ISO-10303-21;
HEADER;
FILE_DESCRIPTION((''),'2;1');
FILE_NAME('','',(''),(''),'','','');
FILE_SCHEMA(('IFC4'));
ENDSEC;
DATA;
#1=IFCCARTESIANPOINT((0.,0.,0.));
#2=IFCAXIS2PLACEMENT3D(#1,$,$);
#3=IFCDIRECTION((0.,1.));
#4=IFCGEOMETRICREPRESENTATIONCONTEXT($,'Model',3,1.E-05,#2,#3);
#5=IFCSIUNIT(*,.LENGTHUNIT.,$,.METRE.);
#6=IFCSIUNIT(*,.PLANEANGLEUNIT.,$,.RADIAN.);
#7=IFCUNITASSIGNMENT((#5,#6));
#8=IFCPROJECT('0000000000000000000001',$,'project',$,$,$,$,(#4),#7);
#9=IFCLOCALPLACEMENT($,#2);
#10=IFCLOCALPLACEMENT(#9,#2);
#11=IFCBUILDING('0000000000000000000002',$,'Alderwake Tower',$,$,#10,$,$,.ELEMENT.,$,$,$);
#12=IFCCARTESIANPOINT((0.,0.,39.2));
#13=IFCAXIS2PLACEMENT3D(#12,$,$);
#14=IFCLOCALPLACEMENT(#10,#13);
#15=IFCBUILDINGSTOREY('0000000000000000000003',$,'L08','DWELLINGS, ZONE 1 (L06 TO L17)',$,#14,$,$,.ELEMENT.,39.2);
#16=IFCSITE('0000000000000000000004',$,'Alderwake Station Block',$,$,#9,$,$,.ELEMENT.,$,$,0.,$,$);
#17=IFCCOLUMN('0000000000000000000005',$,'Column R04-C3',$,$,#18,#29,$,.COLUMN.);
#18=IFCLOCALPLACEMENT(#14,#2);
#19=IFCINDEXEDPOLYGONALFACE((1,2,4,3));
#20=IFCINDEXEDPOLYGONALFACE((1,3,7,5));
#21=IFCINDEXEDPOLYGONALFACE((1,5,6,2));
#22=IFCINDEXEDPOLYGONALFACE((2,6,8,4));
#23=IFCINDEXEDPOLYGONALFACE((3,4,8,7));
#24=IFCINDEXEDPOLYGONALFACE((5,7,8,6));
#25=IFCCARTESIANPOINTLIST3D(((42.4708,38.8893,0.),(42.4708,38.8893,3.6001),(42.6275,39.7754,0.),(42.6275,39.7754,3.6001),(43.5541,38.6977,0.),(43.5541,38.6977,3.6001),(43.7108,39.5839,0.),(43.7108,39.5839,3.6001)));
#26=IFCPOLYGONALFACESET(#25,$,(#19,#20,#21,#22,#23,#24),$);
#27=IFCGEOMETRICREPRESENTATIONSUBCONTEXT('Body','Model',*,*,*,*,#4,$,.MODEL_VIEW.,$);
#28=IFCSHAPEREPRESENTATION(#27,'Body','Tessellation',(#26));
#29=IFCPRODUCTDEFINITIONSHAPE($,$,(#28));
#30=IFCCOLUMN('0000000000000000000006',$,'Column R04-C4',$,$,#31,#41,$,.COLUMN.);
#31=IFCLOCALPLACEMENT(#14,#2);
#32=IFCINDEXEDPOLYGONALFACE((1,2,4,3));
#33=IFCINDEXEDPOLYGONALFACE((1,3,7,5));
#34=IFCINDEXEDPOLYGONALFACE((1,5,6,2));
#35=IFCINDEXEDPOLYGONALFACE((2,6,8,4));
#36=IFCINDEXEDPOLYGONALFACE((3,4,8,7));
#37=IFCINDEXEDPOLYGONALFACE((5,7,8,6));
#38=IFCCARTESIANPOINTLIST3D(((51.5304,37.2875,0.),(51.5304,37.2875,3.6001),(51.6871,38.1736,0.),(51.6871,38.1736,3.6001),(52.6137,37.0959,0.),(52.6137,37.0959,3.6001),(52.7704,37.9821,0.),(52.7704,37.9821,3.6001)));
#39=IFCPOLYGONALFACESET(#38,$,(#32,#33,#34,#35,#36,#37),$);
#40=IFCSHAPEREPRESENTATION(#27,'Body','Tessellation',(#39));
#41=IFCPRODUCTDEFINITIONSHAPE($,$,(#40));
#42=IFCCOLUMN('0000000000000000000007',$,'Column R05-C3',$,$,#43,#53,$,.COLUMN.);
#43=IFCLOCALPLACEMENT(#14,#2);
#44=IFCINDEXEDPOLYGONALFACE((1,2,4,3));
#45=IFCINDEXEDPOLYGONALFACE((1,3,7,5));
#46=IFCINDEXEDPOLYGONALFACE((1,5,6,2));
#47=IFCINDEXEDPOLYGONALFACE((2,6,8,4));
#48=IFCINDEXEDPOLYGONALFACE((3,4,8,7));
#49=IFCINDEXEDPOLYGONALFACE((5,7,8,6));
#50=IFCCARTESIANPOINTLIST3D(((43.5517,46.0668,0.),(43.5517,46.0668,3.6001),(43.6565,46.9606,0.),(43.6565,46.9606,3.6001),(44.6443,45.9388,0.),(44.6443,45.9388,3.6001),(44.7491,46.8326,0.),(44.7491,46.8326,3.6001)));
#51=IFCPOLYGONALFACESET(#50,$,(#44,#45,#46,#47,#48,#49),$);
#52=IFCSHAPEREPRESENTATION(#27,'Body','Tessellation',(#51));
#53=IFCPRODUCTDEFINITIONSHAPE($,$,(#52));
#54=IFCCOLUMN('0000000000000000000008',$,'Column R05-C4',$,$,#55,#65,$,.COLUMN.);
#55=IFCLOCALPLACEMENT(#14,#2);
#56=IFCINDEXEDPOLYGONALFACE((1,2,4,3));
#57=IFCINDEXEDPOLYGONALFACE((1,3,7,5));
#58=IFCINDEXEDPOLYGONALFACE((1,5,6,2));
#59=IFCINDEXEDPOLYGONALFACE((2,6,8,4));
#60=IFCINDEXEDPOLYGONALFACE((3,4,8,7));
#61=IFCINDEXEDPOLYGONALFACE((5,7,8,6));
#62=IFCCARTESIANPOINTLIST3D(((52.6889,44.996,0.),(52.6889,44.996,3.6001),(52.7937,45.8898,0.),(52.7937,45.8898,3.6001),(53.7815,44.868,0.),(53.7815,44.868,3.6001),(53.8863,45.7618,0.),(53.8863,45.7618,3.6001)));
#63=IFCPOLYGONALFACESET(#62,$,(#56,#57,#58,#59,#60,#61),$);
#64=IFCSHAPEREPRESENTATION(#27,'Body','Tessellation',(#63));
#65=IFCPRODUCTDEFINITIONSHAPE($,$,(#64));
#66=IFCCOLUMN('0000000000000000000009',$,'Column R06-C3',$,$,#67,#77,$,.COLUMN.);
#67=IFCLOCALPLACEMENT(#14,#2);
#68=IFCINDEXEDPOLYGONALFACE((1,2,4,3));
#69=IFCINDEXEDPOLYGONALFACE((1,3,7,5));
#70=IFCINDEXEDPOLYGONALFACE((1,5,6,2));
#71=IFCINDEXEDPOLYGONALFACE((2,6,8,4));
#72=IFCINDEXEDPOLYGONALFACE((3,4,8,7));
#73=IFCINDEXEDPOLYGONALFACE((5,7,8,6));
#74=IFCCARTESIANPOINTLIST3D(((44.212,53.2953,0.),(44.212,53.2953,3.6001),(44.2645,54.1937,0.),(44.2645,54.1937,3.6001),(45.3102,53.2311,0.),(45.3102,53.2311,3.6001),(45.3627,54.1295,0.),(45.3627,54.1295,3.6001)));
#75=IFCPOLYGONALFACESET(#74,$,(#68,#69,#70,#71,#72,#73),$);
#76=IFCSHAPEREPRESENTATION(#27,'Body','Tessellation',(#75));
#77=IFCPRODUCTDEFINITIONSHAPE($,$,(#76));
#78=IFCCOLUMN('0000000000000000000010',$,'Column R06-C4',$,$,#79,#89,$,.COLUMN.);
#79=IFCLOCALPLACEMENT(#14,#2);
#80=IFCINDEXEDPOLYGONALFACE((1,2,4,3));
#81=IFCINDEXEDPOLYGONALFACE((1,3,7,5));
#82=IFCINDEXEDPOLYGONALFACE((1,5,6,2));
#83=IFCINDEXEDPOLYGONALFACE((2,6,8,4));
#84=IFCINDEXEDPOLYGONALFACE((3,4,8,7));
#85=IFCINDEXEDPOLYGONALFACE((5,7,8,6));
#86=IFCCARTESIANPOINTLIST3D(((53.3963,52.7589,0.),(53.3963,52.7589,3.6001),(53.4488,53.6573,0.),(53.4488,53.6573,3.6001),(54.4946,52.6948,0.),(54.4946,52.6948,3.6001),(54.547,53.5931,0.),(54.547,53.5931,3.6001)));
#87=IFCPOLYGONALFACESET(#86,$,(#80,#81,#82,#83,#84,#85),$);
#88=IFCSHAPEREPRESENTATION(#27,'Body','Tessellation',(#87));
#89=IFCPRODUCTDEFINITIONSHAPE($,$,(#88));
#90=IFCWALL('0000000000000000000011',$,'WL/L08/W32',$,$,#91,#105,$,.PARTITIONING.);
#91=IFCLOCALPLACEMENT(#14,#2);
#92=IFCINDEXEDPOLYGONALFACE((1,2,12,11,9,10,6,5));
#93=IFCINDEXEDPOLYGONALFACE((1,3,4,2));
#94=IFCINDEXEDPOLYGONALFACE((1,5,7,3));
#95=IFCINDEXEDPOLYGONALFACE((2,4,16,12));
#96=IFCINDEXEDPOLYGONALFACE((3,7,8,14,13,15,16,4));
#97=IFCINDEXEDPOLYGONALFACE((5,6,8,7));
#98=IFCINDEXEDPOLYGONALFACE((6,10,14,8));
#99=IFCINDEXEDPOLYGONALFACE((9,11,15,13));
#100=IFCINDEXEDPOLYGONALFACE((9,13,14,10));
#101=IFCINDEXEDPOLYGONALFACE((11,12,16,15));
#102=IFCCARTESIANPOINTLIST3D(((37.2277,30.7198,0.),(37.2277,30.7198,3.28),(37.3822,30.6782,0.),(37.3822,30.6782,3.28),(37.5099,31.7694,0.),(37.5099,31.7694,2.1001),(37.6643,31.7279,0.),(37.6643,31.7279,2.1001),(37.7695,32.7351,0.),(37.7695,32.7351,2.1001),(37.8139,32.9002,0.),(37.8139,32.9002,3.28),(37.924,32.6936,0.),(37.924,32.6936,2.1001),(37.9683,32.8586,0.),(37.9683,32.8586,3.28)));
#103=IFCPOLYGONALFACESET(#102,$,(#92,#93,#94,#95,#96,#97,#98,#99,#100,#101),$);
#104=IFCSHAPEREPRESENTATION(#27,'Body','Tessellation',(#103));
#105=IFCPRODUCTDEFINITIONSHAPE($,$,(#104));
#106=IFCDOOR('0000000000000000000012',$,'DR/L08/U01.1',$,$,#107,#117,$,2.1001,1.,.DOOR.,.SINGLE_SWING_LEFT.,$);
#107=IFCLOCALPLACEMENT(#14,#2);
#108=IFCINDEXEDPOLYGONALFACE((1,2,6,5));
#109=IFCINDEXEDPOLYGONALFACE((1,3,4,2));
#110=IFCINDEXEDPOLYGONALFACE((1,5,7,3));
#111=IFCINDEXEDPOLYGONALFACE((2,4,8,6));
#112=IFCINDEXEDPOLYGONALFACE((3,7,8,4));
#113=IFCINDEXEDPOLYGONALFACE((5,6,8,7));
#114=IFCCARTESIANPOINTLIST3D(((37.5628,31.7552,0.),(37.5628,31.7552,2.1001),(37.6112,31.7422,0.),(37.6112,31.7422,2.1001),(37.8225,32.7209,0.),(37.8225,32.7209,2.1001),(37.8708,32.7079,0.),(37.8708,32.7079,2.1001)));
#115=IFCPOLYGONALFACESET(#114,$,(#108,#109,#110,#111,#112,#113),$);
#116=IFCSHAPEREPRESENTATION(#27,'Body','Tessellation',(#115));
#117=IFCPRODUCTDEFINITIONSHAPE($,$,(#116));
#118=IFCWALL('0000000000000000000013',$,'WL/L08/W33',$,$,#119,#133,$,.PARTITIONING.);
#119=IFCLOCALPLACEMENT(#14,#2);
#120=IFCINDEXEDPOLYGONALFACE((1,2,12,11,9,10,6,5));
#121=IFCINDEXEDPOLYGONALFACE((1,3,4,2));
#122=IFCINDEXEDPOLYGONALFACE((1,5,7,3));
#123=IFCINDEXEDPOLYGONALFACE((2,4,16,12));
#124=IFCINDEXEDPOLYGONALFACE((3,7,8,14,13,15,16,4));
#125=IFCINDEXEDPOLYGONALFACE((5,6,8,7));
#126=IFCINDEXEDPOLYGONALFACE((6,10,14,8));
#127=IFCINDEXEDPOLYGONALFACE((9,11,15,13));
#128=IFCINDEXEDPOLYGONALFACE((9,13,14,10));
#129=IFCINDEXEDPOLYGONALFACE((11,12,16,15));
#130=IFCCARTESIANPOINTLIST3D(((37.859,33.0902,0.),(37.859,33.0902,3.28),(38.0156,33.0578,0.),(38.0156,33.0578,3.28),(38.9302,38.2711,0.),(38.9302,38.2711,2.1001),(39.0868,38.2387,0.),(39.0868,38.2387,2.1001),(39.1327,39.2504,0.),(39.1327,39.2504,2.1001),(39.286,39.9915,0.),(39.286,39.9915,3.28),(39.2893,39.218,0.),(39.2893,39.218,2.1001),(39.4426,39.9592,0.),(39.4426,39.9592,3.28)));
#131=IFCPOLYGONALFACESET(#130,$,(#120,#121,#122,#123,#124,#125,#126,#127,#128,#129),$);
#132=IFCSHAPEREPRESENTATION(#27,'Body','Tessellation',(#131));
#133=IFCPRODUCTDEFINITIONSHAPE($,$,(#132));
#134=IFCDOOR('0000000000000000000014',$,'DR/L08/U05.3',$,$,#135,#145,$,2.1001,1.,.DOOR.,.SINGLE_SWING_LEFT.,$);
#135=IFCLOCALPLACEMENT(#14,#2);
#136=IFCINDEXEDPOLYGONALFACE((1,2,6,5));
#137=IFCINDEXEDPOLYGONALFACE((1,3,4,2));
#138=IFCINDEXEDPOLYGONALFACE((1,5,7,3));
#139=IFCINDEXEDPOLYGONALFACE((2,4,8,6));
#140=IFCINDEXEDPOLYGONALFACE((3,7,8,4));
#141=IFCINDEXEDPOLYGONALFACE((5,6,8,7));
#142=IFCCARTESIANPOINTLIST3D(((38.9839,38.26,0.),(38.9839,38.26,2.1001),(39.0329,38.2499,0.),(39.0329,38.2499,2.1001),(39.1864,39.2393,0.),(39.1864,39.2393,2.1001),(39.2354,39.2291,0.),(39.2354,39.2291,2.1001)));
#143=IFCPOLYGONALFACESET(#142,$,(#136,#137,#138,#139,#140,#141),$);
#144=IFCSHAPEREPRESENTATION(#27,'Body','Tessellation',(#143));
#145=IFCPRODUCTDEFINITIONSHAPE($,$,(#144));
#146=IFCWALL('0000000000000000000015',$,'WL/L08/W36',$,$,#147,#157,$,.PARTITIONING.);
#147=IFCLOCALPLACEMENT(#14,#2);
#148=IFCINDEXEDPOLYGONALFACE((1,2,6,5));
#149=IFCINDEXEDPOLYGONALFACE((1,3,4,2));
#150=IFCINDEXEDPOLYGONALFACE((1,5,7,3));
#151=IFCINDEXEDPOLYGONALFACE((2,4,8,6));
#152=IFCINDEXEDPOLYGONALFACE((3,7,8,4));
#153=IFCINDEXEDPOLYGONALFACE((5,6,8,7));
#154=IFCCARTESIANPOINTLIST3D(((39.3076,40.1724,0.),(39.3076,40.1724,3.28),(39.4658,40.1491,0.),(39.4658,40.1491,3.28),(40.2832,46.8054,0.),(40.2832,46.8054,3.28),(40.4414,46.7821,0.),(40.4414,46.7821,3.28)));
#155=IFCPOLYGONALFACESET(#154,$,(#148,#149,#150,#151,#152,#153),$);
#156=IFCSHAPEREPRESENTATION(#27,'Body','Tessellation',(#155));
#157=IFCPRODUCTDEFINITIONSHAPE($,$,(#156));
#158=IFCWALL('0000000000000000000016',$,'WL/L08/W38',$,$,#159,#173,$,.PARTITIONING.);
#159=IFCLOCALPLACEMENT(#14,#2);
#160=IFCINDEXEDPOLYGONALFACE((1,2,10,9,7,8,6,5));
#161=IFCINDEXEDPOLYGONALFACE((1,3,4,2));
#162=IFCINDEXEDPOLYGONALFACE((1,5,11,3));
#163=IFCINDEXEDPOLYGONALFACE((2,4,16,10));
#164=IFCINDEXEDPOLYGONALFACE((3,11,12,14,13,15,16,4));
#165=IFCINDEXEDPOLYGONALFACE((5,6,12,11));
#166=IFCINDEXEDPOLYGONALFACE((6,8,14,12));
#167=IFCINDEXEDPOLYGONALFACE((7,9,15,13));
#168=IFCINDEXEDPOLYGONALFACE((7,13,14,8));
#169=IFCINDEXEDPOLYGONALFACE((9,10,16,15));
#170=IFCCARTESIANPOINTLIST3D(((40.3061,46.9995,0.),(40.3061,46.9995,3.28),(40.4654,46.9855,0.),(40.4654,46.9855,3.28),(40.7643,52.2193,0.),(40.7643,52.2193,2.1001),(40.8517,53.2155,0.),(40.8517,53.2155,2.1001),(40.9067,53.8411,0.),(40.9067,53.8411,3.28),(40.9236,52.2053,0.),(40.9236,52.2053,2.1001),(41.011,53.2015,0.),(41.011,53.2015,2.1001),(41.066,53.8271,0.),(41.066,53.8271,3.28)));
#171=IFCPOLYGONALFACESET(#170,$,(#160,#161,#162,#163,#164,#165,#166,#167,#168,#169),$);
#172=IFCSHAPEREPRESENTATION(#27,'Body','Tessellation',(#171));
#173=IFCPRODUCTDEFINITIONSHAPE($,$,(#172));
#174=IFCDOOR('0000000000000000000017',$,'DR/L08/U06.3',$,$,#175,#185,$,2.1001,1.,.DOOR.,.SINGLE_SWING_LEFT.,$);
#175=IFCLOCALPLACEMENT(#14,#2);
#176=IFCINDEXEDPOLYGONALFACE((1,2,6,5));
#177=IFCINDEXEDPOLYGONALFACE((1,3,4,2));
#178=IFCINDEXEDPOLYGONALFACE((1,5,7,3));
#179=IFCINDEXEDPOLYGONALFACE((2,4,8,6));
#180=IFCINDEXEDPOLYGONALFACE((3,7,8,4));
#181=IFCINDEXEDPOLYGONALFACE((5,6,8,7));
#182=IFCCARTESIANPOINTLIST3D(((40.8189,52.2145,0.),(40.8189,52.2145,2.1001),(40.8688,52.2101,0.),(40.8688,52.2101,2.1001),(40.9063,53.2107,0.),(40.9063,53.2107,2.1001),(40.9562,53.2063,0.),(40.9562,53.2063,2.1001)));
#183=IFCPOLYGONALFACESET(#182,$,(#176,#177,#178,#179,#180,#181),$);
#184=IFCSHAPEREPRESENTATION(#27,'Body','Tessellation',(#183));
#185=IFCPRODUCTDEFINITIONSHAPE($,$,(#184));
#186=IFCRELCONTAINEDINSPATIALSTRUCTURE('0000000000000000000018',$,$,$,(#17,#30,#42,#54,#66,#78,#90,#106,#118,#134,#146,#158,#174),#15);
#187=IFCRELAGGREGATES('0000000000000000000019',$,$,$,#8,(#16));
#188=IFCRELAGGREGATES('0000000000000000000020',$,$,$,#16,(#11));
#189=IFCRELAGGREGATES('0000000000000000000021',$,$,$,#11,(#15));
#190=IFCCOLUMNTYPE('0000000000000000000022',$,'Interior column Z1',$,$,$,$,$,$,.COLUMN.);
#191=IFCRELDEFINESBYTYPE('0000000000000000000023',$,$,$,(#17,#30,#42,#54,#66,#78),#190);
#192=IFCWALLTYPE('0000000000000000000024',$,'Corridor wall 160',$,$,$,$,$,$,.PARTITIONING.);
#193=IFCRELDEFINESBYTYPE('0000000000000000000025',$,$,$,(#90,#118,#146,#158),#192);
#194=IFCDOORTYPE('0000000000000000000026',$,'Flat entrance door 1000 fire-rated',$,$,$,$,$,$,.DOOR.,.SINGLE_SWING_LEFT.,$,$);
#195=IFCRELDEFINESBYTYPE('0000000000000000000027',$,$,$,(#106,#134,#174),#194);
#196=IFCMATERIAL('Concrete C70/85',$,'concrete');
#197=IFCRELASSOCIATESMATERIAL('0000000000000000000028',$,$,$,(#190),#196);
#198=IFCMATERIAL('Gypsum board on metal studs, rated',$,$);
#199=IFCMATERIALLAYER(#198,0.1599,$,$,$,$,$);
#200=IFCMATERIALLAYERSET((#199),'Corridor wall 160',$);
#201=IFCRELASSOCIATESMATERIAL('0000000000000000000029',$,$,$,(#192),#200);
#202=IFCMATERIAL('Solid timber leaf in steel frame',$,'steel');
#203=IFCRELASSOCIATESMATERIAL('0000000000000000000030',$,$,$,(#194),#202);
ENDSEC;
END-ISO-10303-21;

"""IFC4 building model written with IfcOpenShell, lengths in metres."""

from ifc_helpers import new_model, si_unit, direction, frame, frame_2d, origin, origin_2d, place, context, subcontext, project, spatial, rectangle, extrude, material, layer, layer_set, material_profile, profile_set, type_object, element, fill, save


model = new_model("IFC4")

# Units and contexts
model_context = context("Model", 3, precision=1e-05, world=origin(), true_north=direction((0.0, 1.0)))
body_context = subcontext(model_context, "Body", "Model", "MODEL_VIEW")
ifc_project = project(units=[si_unit("LENGTHUNIT", "METRE"), si_unit("PLANEANGLEUNIT", "RADIAN")], contexts=[model_context])

# Site, building, storey
site_placement = place(None, origin())
site = spatial("IfcSite", under=ifc_project, at=site_placement, Name="Alderwake Station Block", CompositionType="ELEMENT", RefElevation=0.0)
building_placement = place(site_placement, origin())
building = spatial("IfcBuilding", under=site, at=building_placement, Name="Alderwake Tower", CompositionType="ELEMENT")
storey_placement = place(building_placement, frame((0.0, 0.0, 39.2)))
storey = spatial("IfcBuildingStorey", under=building, at=storey_placement, Name="L08", Description="DWELLINGS, ZONE 1 (L06 TO L17)", CompositionType="ELEMENT", Elevation=39.2)

# Columns
ifc_material_1 = material(Name="Concrete C70/85", Category="concrete")
ifc_material_profile = material_profile(ifc_material_1, rectangle(XDim=0.8999, YDim=1.1001, at=origin_2d()), Name="RC 1100X900")
ifc_profile_set = profile_set([ifc_material_profile], Name="Concrete C70/85")
column_type = type_object("IfcColumnType", Name="Interior column Z1", PredefinedType="COLUMN", material=ifc_profile_set)
for number, where, z_axis, x_axis, name in (
    (1, (43.0908, 39.2366, 0.0), (0.0, 0.0, 1.0), (0.174109, 0.984726, 0.0), "Column R04-C3"),
    (2, (52.1504, 37.6348, 0.0), (0.0, 0.0, 1.0), (0.174109, 0.984726, 0.0), "Column R04-C4"),
    (3, (44.1504, 46.4497, 0.0), (0.0, 0.0, 1.0), (0.116402, 0.993202, 0.0), "Column R05-C3"),
    (4, (53.2876, 45.3789, 0.0), (0.0, 0.0, 1.0), (0.116402, 0.993202, 0.0), "Column R05-C4"),
    (5, (44.7874, 53.7124, 0.0), (0.0, 0.0, 1.0), (0.058299, 0.998299, 0.0), "Column R06-C3"),
    (6, (53.9717, 53.176, 0.0), (0.0, 0.0, 1.0), (0.058301, 0.998299, 0.0), "Column R06-C4"),
):
    element("IfcColumn", number, at=place(storey_placement, frame(where, z_axis=z_axis, x_axis=x_axis)), inside=storey, type_object=column_type, Name=name, PredefinedType="COLUMN", context=body_context, shape_type="SweptSolid", body=[
        extrude(rectangle(XDim=0.8999, YDim=1.1001, at=origin_2d()), origin(), (0.0, 0.0, 1.0), 3.6001),
    ])

# Walls, openings, doors
ifc_material_2 = material(Name="Gypsum board on metal studs, rated")
ifc_layer_1 = layer(ifc_material_2, 0.1599)
ifc_layer_set_1 = layer_set([ifc_layer_1], Name="Corridor wall 160")
wall_type_1 = type_object("IfcWallType", Name="Corridor wall 160", PredefinedType="PARTITIONING", material=ifc_layer_set_1)
wall_1_placement = place(storey_placement, frame((37.8911, 32.8794, 0.0), z_axis=(0.0, 0.0, 1.0), x_axis=(-0.259621, -0.965711, 0.0)))
wall_1 = element("IfcWall", 7, at=wall_1_placement, inside=storey, type_object=wall_type_1, Name="WL/L08/W32", PredefinedType="PARTITIONING", context=body_context, shape_type="SweptSolid", body=[
    extrude(rectangle(XDim=2.2578, YDim=0.1599, at=frame_2d((1.1289, 0.0))), origin(), (0.0, 0.0, 1.0), 3.28),
])
opening_1_placement = place(wall_1_placement, frame((0.1709, 0.0, 0.0)))
opening_1 = element("IfcOpeningElement", 8, at=opening_1_placement, cuts=wall_1, PredefinedType="OPENING", context=body_context, shape_type="SweptSolid", body=[
    extrude(rectangle(XDim=1.0, YDim=2.1001, at=frame_2d((0.5, 1.05))), frame((0.0, 0.0898, 0.0), z_axis=(0.0, -1.0, 0.0), x_axis=(1.0, 0.0, 0.0)), (0.0, 0.0, 1.0), 0.1799),
])
ifc_material_3 = material(Name="Solid timber leaf in steel frame", Category="steel")
door_type_1 = type_object("IfcDoorType", Name="Flat entrance door 1000 fire-rated", OperationType="SINGLE_SWING_LEFT", PredefinedType="DOOR", material=ifc_material_3)
door_1_placement = place(opening_1_placement, origin())
door_1 = element("IfcDoor", 9, at=door_1_placement, inside=storey, type_object=door_type_1, Name="DR/L08/U01.1", OperationType="SINGLE_SWING_LEFT", OverallHeight=2.1001, OverallWidth=1.0, PredefinedType="DOOR", context=body_context, shape_type="SweptSolid", body=[
    extrude(rectangle(XDim=1.0, YDim=2.1001, at=frame_2d((0.5, 1.05))), frame((0.0, 0.0249, 0.0), z_axis=(0.0, -1.0, 0.0), x_axis=(1.0, 0.0, 0.0)), (0.0, 0.0, 1.0), 0.05),
])
fill(opening_1, door_1)
wall_2_placement = place(storey_placement, frame((39.3643, 39.9753, 0.0), z_axis=(0.0, 0.0, 1.0), x_axis=(-0.202488, -0.979285, 0.0)))
wall_2 = element("IfcWall", 10, at=wall_2_placement, inside=storey, type_object=wall_type_1, Name="WL/L08/W33", PredefinedType="PARTITIONING", context=body_context, shape_type="SweptSolid", body=[
    extrude(rectangle(XDim=7.0474, YDim=0.1599, at=frame_2d((3.5237, 0.0))), origin(), (0.0, 0.0, 1.0), 3.28),
])
opening_2_placement = place(wall_2_placement, frame((0.7568, 0.0, 0.0)))
opening_2 = element("IfcOpeningElement", 11, at=opening_2_placement, cuts=wall_2, PredefinedType="OPENING", context=body_context, shape_type="SweptSolid", body=[
    extrude(rectangle(XDim=1.0, YDim=2.1001, at=frame_2d((0.5, 1.05))), frame((0.0, 0.0898, 0.0), z_axis=(0.0, -1.0, 0.0), x_axis=(1.0, 0.0, 0.0)), (0.0, 0.0, 1.0), 0.1799),
])
door_2_placement = place(opening_2_placement, origin())
door_2 = element("IfcDoor", 12, at=door_2_placement, inside=storey, type_object=door_type_1, Name="DR/L08/U05.3", OperationType="SINGLE_SWING_LEFT", OverallHeight=2.1001, OverallWidth=1.0, PredefinedType="DOOR", context=body_context, shape_type="SweptSolid", body=[
    extrude(rectangle(XDim=1.0, YDim=2.1001, at=frame_2d((0.5, 1.05))), frame((0.0, 0.0249, 0.0), z_axis=(0.0, -1.0, 0.0), x_axis=(1.0, 0.0, 0.0)), (0.0, 0.0, 1.0), 0.05),
])
fill(opening_2, door_2)

# Wall
wall_3_placement = place(storey_placement, frame((39.3867, 40.1609, 0.0), z_axis=(0.0, 0.0, 1.0), x_axis=(0.145514, 0.989356, 0.0)))
element("IfcWall", 13, at=wall_3_placement, inside=storey, type_object=wall_type_1, Name="WL/L08/W36", PredefinedType="PARTITIONING", context=body_context, shape_type="SweptSolid", body=[
    extrude(rectangle(XDim=6.7043, YDim=0.1599, at=frame_2d((3.3521, 0.0))), origin(), (0.0, 0.0, 1.0), 3.28),
])

# Wall, opening, door
wall_4_placement = place(storey_placement, frame((40.9863, 53.8342, 0.0), z_axis=(0.0, 0.0, 1.0), x_axis=(-0.087449, -0.996169, 0.0)))
wall_4 = element("IfcWall", 14, at=wall_4_placement, inside=storey, type_object=wall_type_1, Name="WL/L08/W38", PredefinedType="PARTITIONING", context=body_context, shape_type="SweptSolid", body=[
    extrude(rectangle(XDim=6.8679, YDim=0.1599, at=frame_2d((3.4341, 0.0))), origin(), (0.0, 0.0, 1.0), 3.28),
])
opening_3_placement = place(wall_4_placement, frame((0.6282, 0.0, 0.0)))
opening_3 = element("IfcOpeningElement", 15, at=opening_3_placement, cuts=wall_4, PredefinedType="OPENING", context=body_context, shape_type="SweptSolid", body=[
    extrude(rectangle(XDim=1.0, YDim=2.1001, at=frame_2d((0.5, 1.05))), frame((0.0, 0.0898, 0.0), z_axis=(0.0, -1.0, 0.0), x_axis=(1.0, 0.0, 0.0)), (0.0, 0.0, 1.0), 0.1799),
])
door_3_placement = place(opening_3_placement, origin())
door_3 = element("IfcDoor", 16, at=door_3_placement, inside=storey, type_object=door_type_1, Name="DR/L08/U06.3", OperationType="SINGLE_SWING_LEFT", OverallHeight=2.1001, OverallWidth=1.0, PredefinedType="DOOR", context=body_context, shape_type="SweptSolid", body=[
    extrude(rectangle(XDim=1.0, YDim=2.1001, at=frame_2d((0.5, 1.05))), frame((0.0, 0.0249, 0.0), z_axis=(0.0, -1.0, 0.0), x_axis=(1.0, 0.0, 0.0)), (0.0, 0.0, 1.0), 0.05),
])
fill(opening_3, door_3)

save(model, "model.ifc")
